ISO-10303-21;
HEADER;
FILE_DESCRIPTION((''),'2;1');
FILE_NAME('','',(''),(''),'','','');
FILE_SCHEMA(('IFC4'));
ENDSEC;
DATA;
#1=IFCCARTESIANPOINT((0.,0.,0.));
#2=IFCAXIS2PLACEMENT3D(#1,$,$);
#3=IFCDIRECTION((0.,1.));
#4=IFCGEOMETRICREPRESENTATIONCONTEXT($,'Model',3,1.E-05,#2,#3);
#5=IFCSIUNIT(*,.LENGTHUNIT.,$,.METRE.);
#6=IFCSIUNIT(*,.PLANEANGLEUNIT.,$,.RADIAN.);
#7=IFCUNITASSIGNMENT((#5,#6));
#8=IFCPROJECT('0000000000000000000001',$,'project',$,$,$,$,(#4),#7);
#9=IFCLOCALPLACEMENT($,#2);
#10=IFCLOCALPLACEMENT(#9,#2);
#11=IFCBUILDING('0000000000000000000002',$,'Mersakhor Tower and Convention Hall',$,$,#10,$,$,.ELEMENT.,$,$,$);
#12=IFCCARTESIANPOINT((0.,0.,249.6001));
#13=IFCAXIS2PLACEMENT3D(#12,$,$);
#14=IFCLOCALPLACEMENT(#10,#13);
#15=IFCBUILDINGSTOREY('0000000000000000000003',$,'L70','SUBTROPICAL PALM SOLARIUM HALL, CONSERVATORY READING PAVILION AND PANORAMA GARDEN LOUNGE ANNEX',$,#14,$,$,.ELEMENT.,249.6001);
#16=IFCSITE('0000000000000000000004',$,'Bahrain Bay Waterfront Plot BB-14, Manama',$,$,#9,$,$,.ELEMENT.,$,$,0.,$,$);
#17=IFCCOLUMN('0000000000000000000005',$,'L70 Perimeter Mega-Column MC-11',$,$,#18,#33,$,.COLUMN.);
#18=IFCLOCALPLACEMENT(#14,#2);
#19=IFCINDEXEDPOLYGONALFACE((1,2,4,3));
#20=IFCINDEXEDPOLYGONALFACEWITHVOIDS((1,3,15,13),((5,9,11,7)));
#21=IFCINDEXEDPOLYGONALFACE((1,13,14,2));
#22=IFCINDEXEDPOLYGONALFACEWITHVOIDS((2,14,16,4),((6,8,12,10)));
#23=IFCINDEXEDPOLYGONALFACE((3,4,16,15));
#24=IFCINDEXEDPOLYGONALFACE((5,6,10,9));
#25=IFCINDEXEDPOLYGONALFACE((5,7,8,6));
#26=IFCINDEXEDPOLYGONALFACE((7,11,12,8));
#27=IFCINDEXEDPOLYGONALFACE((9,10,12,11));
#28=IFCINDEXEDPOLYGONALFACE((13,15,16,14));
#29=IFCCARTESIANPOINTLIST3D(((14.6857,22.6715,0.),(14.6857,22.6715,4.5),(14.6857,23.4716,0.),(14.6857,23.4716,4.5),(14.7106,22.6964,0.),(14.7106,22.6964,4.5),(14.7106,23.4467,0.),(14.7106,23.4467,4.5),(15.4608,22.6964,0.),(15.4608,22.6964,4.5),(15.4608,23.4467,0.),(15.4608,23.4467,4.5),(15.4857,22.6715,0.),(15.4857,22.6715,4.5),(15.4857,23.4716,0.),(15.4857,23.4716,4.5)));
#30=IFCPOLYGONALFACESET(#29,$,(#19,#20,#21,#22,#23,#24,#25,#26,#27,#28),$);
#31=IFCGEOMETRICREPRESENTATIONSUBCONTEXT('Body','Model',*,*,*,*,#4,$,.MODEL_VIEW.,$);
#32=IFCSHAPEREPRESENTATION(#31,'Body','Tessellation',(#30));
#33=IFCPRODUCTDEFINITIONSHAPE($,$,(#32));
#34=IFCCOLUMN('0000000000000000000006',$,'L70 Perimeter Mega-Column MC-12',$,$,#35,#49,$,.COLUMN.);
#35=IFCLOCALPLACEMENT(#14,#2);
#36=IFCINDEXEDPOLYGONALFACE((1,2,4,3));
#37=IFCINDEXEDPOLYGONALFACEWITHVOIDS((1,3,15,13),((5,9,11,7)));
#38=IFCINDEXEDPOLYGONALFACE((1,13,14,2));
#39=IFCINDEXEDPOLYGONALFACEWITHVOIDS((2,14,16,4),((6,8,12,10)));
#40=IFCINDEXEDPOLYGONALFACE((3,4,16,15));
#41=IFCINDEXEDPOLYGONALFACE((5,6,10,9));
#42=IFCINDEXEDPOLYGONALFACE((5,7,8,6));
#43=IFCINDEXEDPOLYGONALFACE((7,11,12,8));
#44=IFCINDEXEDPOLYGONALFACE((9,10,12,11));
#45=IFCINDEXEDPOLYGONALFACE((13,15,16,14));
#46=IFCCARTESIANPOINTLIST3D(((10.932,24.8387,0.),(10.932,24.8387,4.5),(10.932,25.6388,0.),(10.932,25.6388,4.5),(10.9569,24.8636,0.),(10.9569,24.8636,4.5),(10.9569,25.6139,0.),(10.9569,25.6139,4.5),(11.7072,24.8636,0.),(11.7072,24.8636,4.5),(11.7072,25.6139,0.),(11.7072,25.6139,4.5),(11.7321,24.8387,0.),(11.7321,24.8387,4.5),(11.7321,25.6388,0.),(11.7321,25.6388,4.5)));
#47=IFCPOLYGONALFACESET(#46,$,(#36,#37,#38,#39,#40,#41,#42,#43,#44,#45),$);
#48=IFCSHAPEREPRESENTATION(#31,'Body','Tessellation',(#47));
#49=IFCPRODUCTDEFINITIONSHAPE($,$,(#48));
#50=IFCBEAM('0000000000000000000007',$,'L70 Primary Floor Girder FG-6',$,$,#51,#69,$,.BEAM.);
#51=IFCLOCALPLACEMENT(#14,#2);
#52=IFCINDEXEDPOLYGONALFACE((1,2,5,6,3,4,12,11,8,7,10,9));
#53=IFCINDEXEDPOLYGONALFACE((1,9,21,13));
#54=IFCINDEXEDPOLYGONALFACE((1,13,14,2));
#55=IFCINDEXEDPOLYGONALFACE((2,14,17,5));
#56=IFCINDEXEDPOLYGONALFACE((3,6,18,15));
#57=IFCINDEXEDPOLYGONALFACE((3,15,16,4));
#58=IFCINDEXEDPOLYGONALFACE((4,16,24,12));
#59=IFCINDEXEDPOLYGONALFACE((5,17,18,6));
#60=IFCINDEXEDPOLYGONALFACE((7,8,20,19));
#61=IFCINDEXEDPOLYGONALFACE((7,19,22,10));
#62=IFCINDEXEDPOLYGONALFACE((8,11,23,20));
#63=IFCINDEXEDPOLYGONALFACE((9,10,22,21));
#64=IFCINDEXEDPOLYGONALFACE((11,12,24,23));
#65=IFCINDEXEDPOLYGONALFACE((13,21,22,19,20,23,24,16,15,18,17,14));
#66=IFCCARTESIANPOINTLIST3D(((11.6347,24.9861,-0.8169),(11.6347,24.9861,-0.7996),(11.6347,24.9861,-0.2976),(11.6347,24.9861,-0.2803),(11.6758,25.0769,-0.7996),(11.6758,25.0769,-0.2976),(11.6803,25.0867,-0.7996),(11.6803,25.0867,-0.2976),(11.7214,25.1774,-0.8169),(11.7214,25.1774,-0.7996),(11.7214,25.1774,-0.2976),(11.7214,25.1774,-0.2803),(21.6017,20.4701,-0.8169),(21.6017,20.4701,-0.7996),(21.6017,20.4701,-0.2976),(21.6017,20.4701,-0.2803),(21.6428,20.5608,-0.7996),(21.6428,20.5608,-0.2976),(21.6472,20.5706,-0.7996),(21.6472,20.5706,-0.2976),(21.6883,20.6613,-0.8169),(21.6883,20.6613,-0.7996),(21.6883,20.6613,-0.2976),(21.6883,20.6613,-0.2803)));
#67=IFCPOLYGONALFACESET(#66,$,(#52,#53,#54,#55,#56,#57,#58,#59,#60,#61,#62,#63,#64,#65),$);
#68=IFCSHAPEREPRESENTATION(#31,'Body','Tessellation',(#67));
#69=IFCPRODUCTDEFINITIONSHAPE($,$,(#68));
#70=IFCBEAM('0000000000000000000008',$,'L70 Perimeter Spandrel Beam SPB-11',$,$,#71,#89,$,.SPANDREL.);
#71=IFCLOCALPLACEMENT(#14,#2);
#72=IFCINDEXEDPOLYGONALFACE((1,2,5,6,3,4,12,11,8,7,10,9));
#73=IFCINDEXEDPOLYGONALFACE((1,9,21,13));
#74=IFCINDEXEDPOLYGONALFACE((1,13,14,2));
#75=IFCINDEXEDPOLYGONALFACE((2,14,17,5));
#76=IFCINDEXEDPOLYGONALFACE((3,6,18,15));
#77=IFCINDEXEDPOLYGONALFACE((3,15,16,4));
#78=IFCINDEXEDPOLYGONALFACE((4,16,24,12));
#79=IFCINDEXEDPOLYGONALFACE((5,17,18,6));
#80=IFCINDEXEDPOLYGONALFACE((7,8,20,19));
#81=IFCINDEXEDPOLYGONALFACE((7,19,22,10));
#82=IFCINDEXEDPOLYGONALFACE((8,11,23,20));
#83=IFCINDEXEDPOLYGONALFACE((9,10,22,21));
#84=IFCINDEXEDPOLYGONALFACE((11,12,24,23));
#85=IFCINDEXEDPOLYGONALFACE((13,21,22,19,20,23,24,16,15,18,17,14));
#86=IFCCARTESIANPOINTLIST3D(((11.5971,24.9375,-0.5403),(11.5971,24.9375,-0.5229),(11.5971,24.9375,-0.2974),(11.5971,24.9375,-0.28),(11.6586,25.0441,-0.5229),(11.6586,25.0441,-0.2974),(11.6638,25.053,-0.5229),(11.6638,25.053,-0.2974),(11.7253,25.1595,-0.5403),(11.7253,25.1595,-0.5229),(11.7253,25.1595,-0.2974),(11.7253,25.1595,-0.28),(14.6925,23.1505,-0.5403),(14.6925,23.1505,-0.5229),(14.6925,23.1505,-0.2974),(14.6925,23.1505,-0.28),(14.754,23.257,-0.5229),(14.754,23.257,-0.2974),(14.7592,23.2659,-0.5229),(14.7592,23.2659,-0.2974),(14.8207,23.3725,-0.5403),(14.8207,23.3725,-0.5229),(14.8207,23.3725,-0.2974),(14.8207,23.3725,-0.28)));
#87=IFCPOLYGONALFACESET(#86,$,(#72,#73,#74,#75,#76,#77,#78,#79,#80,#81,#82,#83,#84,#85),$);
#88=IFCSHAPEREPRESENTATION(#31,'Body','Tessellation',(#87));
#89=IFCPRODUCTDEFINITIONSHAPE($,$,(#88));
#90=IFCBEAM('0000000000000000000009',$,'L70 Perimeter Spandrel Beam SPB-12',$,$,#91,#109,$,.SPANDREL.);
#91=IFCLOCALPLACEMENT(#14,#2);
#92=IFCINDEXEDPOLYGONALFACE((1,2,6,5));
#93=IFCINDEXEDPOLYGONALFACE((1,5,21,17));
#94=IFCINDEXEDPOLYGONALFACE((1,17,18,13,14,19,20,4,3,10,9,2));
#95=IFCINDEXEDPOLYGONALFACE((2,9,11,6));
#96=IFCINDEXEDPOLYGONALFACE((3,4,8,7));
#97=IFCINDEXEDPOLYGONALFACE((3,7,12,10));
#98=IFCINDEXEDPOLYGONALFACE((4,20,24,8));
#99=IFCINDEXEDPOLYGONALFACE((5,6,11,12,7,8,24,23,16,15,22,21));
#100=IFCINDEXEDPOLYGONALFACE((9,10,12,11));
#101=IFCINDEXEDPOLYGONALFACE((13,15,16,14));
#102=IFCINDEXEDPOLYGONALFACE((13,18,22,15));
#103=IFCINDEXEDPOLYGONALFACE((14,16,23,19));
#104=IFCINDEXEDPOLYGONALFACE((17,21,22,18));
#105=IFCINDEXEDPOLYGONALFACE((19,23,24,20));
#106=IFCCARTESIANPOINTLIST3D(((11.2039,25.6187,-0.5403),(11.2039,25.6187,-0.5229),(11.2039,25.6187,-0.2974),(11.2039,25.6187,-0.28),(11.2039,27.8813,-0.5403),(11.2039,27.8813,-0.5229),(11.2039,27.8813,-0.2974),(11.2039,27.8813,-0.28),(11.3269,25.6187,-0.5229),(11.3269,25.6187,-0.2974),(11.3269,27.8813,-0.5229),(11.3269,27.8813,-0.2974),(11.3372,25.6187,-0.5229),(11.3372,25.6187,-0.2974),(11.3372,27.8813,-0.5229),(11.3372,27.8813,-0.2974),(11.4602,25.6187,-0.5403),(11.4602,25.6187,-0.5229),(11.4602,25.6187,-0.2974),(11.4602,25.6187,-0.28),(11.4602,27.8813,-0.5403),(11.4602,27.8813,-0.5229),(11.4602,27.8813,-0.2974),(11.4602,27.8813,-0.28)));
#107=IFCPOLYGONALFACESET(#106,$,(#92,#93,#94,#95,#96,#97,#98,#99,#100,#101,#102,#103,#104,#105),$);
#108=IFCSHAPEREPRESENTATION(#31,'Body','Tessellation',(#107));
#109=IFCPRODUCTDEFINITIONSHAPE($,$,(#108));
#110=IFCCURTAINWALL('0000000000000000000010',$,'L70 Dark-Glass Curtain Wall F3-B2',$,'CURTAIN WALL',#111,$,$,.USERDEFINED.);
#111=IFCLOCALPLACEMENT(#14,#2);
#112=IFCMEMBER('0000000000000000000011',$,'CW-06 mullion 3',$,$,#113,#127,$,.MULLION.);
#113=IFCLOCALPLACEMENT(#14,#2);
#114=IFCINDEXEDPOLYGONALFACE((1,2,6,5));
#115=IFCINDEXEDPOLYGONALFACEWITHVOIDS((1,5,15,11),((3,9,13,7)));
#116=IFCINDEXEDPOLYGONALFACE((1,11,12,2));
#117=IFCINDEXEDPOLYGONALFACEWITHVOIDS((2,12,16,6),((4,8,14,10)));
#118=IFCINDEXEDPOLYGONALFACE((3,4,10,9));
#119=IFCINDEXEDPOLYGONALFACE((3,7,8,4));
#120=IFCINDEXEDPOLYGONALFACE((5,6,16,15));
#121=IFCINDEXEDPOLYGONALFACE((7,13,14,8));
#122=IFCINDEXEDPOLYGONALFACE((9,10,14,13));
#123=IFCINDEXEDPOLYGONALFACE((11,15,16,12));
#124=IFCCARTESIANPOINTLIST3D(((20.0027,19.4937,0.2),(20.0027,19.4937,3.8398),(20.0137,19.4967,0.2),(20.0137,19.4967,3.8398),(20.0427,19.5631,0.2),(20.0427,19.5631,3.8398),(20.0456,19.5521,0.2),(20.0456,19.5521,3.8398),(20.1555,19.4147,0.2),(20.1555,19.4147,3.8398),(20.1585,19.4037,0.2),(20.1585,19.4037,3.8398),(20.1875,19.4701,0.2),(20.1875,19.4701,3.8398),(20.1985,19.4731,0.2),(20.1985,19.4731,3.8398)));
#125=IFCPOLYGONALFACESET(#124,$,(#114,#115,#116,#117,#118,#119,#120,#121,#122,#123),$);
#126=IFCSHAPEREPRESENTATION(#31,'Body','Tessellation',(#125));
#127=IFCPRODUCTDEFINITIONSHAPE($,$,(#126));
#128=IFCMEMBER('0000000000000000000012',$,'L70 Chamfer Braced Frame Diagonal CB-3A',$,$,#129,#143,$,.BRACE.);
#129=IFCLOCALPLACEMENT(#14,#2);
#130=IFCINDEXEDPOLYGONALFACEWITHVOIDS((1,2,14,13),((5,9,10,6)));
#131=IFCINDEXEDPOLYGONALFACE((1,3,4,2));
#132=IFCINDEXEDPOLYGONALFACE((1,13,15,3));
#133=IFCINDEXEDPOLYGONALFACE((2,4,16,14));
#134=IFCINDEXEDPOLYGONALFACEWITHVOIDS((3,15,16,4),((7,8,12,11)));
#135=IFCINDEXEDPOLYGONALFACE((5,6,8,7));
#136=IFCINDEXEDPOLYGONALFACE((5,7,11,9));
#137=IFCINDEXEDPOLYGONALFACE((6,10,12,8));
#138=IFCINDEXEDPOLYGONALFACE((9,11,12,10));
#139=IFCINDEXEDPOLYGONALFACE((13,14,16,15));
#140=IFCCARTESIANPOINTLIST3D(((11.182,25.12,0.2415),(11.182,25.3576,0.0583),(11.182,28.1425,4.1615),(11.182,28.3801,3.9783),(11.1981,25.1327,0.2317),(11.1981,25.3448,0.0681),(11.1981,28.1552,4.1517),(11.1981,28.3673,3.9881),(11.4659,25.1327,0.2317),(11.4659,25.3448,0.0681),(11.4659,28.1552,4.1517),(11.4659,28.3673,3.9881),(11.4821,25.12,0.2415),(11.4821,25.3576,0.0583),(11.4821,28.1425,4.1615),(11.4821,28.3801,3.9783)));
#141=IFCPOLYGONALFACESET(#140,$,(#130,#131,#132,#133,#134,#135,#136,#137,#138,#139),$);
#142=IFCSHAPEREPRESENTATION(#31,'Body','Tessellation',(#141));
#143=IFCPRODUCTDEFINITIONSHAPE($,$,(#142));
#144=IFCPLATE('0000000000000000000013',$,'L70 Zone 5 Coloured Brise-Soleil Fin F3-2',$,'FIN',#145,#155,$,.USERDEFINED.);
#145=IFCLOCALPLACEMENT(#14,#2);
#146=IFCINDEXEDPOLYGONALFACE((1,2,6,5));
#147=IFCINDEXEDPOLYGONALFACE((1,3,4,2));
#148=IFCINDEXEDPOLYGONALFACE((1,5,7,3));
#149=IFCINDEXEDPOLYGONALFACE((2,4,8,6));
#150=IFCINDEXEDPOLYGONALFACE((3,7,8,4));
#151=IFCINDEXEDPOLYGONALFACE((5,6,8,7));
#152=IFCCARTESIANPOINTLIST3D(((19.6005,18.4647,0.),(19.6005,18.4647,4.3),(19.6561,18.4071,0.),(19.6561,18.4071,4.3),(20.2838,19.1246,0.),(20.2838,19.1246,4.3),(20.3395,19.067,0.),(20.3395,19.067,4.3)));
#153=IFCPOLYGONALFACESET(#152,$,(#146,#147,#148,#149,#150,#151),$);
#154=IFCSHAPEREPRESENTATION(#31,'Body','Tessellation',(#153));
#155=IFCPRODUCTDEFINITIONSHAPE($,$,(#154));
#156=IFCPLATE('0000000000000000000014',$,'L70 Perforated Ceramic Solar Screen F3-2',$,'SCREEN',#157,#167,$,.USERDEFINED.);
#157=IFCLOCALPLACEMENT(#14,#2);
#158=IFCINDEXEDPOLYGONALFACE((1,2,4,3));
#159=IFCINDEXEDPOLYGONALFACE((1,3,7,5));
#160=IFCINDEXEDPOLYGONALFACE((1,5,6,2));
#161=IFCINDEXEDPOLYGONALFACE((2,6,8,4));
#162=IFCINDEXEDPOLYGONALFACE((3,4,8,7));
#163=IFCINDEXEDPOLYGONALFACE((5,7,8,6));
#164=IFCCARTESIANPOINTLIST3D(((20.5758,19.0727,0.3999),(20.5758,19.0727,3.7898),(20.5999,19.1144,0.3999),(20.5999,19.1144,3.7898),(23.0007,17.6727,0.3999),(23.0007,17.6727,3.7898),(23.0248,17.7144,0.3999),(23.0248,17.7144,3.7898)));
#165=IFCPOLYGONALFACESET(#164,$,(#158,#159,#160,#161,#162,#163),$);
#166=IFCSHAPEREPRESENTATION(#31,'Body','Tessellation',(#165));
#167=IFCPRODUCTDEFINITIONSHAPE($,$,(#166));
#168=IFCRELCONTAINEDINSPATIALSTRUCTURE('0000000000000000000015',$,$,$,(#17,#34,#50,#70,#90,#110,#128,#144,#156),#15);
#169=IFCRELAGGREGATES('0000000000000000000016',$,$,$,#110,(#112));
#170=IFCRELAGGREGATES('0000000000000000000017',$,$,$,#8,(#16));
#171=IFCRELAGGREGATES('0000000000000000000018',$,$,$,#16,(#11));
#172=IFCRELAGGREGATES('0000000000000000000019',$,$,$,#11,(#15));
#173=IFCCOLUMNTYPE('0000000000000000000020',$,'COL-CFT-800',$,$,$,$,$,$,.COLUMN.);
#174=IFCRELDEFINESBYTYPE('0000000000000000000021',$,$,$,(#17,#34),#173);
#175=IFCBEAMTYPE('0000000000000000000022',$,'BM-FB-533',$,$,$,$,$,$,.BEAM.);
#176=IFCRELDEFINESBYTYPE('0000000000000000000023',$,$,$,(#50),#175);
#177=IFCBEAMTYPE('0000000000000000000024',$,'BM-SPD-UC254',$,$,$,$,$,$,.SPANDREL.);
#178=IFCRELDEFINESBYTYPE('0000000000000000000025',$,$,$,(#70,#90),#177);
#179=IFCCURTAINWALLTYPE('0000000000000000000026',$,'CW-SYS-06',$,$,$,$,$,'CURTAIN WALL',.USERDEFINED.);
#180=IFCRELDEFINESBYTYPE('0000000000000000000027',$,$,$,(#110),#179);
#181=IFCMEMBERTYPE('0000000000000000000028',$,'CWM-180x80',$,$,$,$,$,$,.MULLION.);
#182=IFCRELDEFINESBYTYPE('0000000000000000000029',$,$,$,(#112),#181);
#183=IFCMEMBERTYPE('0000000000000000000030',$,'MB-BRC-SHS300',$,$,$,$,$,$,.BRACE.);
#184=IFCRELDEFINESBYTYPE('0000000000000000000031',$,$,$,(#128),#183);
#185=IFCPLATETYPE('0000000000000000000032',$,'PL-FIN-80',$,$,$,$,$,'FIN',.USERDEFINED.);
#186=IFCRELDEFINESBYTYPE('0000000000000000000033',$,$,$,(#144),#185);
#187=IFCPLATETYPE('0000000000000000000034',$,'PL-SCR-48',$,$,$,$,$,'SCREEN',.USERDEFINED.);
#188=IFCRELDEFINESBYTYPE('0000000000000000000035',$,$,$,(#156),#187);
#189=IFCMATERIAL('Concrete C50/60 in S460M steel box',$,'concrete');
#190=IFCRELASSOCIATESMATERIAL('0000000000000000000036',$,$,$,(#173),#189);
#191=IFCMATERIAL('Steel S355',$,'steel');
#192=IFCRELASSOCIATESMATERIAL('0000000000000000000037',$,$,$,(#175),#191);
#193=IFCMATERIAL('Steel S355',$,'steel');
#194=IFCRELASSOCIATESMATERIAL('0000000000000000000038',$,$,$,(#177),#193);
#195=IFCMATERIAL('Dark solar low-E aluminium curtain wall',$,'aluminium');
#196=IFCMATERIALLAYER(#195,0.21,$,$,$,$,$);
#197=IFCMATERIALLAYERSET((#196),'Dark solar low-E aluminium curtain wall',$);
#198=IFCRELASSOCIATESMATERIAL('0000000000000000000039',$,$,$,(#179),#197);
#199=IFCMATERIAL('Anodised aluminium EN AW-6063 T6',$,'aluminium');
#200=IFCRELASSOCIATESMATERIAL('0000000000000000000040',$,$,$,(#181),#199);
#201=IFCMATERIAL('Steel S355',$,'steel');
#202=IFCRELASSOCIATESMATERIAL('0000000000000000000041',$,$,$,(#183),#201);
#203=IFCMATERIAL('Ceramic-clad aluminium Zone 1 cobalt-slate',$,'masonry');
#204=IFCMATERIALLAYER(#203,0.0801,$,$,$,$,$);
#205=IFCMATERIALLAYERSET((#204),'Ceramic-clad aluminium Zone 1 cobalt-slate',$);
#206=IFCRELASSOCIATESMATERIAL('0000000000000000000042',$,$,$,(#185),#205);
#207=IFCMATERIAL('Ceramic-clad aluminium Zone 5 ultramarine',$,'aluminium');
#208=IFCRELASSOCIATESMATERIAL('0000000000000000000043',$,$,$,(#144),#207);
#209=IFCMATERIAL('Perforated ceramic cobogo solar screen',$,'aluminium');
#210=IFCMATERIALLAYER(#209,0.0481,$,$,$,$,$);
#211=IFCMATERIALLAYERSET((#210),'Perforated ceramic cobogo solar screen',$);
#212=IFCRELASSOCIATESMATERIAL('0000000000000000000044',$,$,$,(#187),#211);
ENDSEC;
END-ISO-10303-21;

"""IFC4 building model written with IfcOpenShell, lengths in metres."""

from ifc_helpers import new_model, si_unit, direction, frame, origin, origin_2d, place, context, subcontext, project, spatial, rectangle, hollow_rectangle, i_section, extrude, material, layer, layer_set, material_profile, profile_set, type_object, element, aggregate, save


model = new_model("IFC4")

# Units and contexts
model_context = context("Model", 3, precision=1e-05, world=origin(), true_north=direction((0.0, 1.0)))
body_context = subcontext(model_context, "Body", "Model", "MODEL_VIEW")
ifc_project = project(units=[si_unit("LENGTHUNIT", "METRE"), si_unit("PLANEANGLEUNIT", "RADIAN")], contexts=[model_context])

# Site, building, storey
site_placement = place(None, origin())
site = spatial("IfcSite", under=ifc_project, at=site_placement, Name="Bahrain Bay Waterfront Plot BB-14, Manama", CompositionType="ELEMENT", RefElevation=0.0)
building_placement = place(site_placement, origin())
building = spatial("IfcBuilding", under=site, at=building_placement, Name="Mersakhor Tower and Convention Hall", CompositionType="ELEMENT")
storey_placement = place(building_placement, frame((0.0, 0.0, 249.6001)))
storey = spatial("IfcBuildingStorey", under=building, at=storey_placement, Name="L70", Description="SUBTROPICAL PALM SOLARIUM HALL, CONSERVATORY READING PAVILION AND PANORAMA GARDEN LOUNGE ANNEX", CompositionType="ELEMENT", Elevation=249.6001)

# Columns
ifc_material_1 = material(Name="Concrete C50/60 in S460M steel box", Category="concrete")
ifc_material_profile_1 = material_profile(ifc_material_1, hollow_rectangle(XDim=0.8, YDim=0.8, WallThickness=0.0249, at=origin_2d()), Name="SHS 800x800x25")
ifc_profile_set_1 = profile_set([ifc_material_profile_1], Name="Concrete C50/60 in S460M steel box")
column_type = type_object("IfcColumnType", Name="COL-CFT-800", PredefinedType="COLUMN", material=ifc_profile_set_1)
for number, where, z_axis, x_axis, name in (
    (1, (15.0857, 23.0715, 0.0), (0.0, 0.0, 1.0), (1.0, 0.0, 0.0), "L70 Perimeter Mega-Column MC-11"),
    (2, (11.332, 25.2388, 0.0), (0.0, 0.0, 1.0), (1.0, 0.0, 0.0), "L70 Perimeter Mega-Column MC-12"),
):
    element("IfcColumn", number, at=place(storey_placement, frame(where, z_axis=z_axis, x_axis=x_axis)), inside=storey, type_object=column_type, Name=name, PredefinedType="COLUMN", context=body_context, shape_type="SweptSolid", body=[
        extrude(hollow_rectangle(XDim=0.8, YDim=0.8, WallThickness=0.0249, at=origin_2d()), origin(), (0.0, 0.0, 1.0), 4.5),
    ])

# Beams
ifc_material_2 = material(Name="Steel S355", Category="steel")
ifc_material_profile_2 = material_profile(ifc_material_2, i_section(OverallWidth=0.21, OverallDepth=0.5366, WebThickness=0.0107, FlangeThickness=0.0173, at=origin_2d()), Name="UB 533x210x101")
ifc_profile_set_2 = profile_set([ifc_material_profile_2], Name="Steel S355")
beam_type_1 = type_object("IfcBeamType", Name="BM-FB-533", PredefinedType="BEAM", material=ifc_profile_set_2)
beam_1_placement = place(storey_placement, frame((21.645, 20.5657, -0.5486), z_axis=(-0.91086, 0.412715, 0.0), x_axis=(-0.412715, -0.91086, 0.0)))
element("IfcBeam", 3, at=beam_1_placement, inside=storey, type_object=beam_type_1, Name="L70 Primary Floor Girder FG-6", PredefinedType="BEAM", context=body_context, shape_type="SweptSolid", body=[
    extrude(i_section(OverallWidth=0.21, OverallDepth=0.5366, WebThickness=0.0107, FlangeThickness=0.0173, at=origin_2d()), origin(), (0.0, 0.0, 1.0), 10.9424),
])
ifc_material_3 = material(Name="Steel S355", Category="steel")
ifc_material_profile_3 = material_profile(ifc_material_3, i_section(OverallWidth=0.2563, OverallDepth=0.2603, WebThickness=0.0103, FlangeThickness=0.0173, at=origin_2d()), Name="UC 254x254x89")
ifc_profile_set_3 = profile_set([ifc_material_profile_3], Name="Steel S355")
beam_type_2 = type_object("IfcBeamType", Name="BM-SPD-UC254", PredefinedType="SPANDREL", material=ifc_profile_set_3)
beam_2_placement = place(storey_placement, frame((14.7566, 23.2615, -0.4102), z_axis=(-0.866032, 0.499989, 0.0), x_axis=(-0.499989, -0.866032, 0.0)))
element("IfcBeam", 4, at=beam_2_placement, inside=storey, type_object=beam_type_2, Name="L70 Perimeter Spandrel Beam SPB-11", PredefinedType="SPANDREL", context=body_context, shape_type="SweptSolid", body=[
    extrude(i_section(OverallWidth=0.2563, OverallDepth=0.2603, WebThickness=0.0103, FlangeThickness=0.0173, at=origin_2d()), origin(), (0.0, 0.0, 1.0), 3.5742),
])
beam_3_placement = place(storey_placement, frame((11.332, 25.6187, -0.4102), z_axis=(0.0, 1.0, 0.0), x_axis=(-1.0, 0.0, 0.0)))
element("IfcBeam", 5, at=beam_3_placement, inside=storey, type_object=beam_type_2, Name="L70 Perimeter Spandrel Beam SPB-12", PredefinedType="SPANDREL", context=body_context, shape_type="SweptSolid", body=[
    extrude(i_section(OverallWidth=0.2563, OverallDepth=0.2603, WebThickness=0.0103, FlangeThickness=0.0173, at=origin_2d()), origin(), (0.0, 0.0, 1.0), 2.2627),
])

# Curtain wall, member
ifc_material_4 = material(Name="Dark solar low-E aluminium curtain wall", Category="aluminium")
ifc_layer_1 = layer(ifc_material_4, 0.21)
ifc_layer_set_1 = layer_set([ifc_layer_1], Name="Dark solar low-E aluminium curtain wall")
curtain_wall_type = type_object("IfcCurtainWallType", Name="CW-SYS-06", ElementType="CURTAIN WALL", PredefinedType="USERDEFINED", material=ifc_layer_set_1)
curtain_wall_placement = place(storey_placement, origin())
curtain_wall = element("IfcCurtainWall", 6, at=curtain_wall_placement, inside=storey, type_object=curtain_wall_type, Name="L70 Dark-Glass Curtain Wall F3-B2", ObjectType="CURTAIN WALL", PredefinedType="USERDEFINED")
ifc_material_5 = material(Name="Anodised aluminium EN AW-6063 T6", Category="aluminium")
ifc_material_profile_4 = material_profile(ifc_material_5, hollow_rectangle(XDim=0.0801, YDim=0.1799, WallThickness=0.0081, at=origin_2d()), Name="RHS 180x80x8")
ifc_profile_set_4 = profile_set([ifc_material_profile_4], Name="Anodised aluminium EN AW-6063 T6")
member_type_1 = type_object("IfcMemberType", Name="CWM-180x80", PredefinedType="MULLION", material=ifc_profile_set_4)
member_1_placement = place(storey_placement, frame((20.1006, 19.4834, 0.2), z_axis=(0.0, 0.0, 1.0), x_axis=(-0.500004, -0.866023, 0.0)))
member_1 = element("IfcMember", 7, at=member_1_placement, type_object=member_type_1, Name="CW-06 mullion 3", PredefinedType="MULLION", context=body_context, shape_type="SweptSolid", body=[
    extrude(hollow_rectangle(XDim=0.0801, YDim=0.1799, WallThickness=0.0081, at=origin_2d()), origin(), (0.0, 0.0, 1.0), 3.6399),
])
aggregate(curtain_wall, [member_1])

# Member
ifc_material_6 = material(Name="Steel S355", Category="steel")
ifc_material_profile_5 = material_profile(ifc_material_6, hollow_rectangle(XDim=0.3, YDim=0.3, WallThickness=0.0161, at=origin_2d()), Name="SHS 300x300x16")
ifc_profile_set_5 = profile_set([ifc_material_profile_5], Name="Steel S355")
member_type_2 = type_object("IfcMemberType", Name="MB-BRC-SHS300", PredefinedType="BRACE", material=ifc_profile_set_5)
member_2_placement = place(storey_placement, frame((11.332, 25.2388, 0.1499), z_axis=(0.0, 0.610616, 0.791927), x_axis=(-1.0, 0.0, 0.0)))
element("IfcMember", 8, at=member_2_placement, inside=storey, type_object=member_type_2, Name="L70 Chamfer Braced Frame Diagonal CB-3A", PredefinedType="BRACE", context=body_context, shape_type="SweptSolid", body=[
    extrude(hollow_rectangle(XDim=0.3, YDim=0.3, WallThickness=0.0161, at=origin_2d()), origin(), (0.0, 0.0, 1.0), 4.95),
])

# Plates
ifc_material_7 = material(Name="Ceramic-clad aluminium Zone 5 ultramarine", Category="aluminium")
ifc_material_8 = material(Name="Ceramic-clad aluminium Zone 1 cobalt-slate", Category="masonry")
ifc_layer_2 = layer(ifc_material_8, 0.0801)
ifc_layer_set_2 = layer_set([ifc_layer_2], Name="Ceramic-clad aluminium Zone 1 cobalt-slate")
plate_type_1 = type_object("IfcPlateType", Name="PL-FIN-80", ElementType="FIN", PredefinedType="USERDEFINED", material=ifc_layer_set_2)
plate_1_placement = place(storey_placement, frame((19.97, 18.7659, 0.0), z_axis=(0.0, 0.0, 1.0), x_axis=(-0.71934, -0.694658, 0.0)))
element("IfcPlate", 9, at=plate_1_placement, inside=storey, type_object=plate_type_1, material=ifc_material_7, Name="L70 Zone 5 Coloured Brise-Soleil Fin F3-2", ObjectType="FIN", PredefinedType="USERDEFINED", context=body_context, shape_type="SweptSolid", body=[
    extrude(rectangle(XDim=0.95, YDim=0.0801, at=origin_2d()), origin(), (0.0, 0.0, 1.0), 4.3),
])
ifc_material_9 = material(Name="Perforated ceramic cobogo solar screen", Category="aluminium")
ifc_layer_3 = layer(ifc_material_9, 0.0481)
ifc_layer_set_3 = layer_set([ifc_layer_3], Name="Perforated ceramic cobogo solar screen")
plate_type_2 = type_object("IfcPlateType", Name="PL-SCR-48", ElementType="SCREEN", PredefinedType="USERDEFINED", material=ifc_layer_set_3)
plate_2_placement = place(storey_placement, frame((21.8003, 18.3936, 0.3999), z_axis=(0.0, 0.0, 1.0), x_axis=(-0.866025, 0.5, 0.0)))
element("IfcPlate", 10, at=plate_2_placement, inside=storey, type_object=plate_type_2, Name="L70 Perforated Ceramic Solar Screen F3-2", ObjectType="SCREEN", PredefinedType="USERDEFINED", context=body_context, shape_type="SweptSolid", body=[
    extrude(rectangle(XDim=2.8, YDim=0.0481, at=origin_2d()), origin(), (0.0, 0.0, 1.0), 3.3899),
])

save(model, "model.ifc")
